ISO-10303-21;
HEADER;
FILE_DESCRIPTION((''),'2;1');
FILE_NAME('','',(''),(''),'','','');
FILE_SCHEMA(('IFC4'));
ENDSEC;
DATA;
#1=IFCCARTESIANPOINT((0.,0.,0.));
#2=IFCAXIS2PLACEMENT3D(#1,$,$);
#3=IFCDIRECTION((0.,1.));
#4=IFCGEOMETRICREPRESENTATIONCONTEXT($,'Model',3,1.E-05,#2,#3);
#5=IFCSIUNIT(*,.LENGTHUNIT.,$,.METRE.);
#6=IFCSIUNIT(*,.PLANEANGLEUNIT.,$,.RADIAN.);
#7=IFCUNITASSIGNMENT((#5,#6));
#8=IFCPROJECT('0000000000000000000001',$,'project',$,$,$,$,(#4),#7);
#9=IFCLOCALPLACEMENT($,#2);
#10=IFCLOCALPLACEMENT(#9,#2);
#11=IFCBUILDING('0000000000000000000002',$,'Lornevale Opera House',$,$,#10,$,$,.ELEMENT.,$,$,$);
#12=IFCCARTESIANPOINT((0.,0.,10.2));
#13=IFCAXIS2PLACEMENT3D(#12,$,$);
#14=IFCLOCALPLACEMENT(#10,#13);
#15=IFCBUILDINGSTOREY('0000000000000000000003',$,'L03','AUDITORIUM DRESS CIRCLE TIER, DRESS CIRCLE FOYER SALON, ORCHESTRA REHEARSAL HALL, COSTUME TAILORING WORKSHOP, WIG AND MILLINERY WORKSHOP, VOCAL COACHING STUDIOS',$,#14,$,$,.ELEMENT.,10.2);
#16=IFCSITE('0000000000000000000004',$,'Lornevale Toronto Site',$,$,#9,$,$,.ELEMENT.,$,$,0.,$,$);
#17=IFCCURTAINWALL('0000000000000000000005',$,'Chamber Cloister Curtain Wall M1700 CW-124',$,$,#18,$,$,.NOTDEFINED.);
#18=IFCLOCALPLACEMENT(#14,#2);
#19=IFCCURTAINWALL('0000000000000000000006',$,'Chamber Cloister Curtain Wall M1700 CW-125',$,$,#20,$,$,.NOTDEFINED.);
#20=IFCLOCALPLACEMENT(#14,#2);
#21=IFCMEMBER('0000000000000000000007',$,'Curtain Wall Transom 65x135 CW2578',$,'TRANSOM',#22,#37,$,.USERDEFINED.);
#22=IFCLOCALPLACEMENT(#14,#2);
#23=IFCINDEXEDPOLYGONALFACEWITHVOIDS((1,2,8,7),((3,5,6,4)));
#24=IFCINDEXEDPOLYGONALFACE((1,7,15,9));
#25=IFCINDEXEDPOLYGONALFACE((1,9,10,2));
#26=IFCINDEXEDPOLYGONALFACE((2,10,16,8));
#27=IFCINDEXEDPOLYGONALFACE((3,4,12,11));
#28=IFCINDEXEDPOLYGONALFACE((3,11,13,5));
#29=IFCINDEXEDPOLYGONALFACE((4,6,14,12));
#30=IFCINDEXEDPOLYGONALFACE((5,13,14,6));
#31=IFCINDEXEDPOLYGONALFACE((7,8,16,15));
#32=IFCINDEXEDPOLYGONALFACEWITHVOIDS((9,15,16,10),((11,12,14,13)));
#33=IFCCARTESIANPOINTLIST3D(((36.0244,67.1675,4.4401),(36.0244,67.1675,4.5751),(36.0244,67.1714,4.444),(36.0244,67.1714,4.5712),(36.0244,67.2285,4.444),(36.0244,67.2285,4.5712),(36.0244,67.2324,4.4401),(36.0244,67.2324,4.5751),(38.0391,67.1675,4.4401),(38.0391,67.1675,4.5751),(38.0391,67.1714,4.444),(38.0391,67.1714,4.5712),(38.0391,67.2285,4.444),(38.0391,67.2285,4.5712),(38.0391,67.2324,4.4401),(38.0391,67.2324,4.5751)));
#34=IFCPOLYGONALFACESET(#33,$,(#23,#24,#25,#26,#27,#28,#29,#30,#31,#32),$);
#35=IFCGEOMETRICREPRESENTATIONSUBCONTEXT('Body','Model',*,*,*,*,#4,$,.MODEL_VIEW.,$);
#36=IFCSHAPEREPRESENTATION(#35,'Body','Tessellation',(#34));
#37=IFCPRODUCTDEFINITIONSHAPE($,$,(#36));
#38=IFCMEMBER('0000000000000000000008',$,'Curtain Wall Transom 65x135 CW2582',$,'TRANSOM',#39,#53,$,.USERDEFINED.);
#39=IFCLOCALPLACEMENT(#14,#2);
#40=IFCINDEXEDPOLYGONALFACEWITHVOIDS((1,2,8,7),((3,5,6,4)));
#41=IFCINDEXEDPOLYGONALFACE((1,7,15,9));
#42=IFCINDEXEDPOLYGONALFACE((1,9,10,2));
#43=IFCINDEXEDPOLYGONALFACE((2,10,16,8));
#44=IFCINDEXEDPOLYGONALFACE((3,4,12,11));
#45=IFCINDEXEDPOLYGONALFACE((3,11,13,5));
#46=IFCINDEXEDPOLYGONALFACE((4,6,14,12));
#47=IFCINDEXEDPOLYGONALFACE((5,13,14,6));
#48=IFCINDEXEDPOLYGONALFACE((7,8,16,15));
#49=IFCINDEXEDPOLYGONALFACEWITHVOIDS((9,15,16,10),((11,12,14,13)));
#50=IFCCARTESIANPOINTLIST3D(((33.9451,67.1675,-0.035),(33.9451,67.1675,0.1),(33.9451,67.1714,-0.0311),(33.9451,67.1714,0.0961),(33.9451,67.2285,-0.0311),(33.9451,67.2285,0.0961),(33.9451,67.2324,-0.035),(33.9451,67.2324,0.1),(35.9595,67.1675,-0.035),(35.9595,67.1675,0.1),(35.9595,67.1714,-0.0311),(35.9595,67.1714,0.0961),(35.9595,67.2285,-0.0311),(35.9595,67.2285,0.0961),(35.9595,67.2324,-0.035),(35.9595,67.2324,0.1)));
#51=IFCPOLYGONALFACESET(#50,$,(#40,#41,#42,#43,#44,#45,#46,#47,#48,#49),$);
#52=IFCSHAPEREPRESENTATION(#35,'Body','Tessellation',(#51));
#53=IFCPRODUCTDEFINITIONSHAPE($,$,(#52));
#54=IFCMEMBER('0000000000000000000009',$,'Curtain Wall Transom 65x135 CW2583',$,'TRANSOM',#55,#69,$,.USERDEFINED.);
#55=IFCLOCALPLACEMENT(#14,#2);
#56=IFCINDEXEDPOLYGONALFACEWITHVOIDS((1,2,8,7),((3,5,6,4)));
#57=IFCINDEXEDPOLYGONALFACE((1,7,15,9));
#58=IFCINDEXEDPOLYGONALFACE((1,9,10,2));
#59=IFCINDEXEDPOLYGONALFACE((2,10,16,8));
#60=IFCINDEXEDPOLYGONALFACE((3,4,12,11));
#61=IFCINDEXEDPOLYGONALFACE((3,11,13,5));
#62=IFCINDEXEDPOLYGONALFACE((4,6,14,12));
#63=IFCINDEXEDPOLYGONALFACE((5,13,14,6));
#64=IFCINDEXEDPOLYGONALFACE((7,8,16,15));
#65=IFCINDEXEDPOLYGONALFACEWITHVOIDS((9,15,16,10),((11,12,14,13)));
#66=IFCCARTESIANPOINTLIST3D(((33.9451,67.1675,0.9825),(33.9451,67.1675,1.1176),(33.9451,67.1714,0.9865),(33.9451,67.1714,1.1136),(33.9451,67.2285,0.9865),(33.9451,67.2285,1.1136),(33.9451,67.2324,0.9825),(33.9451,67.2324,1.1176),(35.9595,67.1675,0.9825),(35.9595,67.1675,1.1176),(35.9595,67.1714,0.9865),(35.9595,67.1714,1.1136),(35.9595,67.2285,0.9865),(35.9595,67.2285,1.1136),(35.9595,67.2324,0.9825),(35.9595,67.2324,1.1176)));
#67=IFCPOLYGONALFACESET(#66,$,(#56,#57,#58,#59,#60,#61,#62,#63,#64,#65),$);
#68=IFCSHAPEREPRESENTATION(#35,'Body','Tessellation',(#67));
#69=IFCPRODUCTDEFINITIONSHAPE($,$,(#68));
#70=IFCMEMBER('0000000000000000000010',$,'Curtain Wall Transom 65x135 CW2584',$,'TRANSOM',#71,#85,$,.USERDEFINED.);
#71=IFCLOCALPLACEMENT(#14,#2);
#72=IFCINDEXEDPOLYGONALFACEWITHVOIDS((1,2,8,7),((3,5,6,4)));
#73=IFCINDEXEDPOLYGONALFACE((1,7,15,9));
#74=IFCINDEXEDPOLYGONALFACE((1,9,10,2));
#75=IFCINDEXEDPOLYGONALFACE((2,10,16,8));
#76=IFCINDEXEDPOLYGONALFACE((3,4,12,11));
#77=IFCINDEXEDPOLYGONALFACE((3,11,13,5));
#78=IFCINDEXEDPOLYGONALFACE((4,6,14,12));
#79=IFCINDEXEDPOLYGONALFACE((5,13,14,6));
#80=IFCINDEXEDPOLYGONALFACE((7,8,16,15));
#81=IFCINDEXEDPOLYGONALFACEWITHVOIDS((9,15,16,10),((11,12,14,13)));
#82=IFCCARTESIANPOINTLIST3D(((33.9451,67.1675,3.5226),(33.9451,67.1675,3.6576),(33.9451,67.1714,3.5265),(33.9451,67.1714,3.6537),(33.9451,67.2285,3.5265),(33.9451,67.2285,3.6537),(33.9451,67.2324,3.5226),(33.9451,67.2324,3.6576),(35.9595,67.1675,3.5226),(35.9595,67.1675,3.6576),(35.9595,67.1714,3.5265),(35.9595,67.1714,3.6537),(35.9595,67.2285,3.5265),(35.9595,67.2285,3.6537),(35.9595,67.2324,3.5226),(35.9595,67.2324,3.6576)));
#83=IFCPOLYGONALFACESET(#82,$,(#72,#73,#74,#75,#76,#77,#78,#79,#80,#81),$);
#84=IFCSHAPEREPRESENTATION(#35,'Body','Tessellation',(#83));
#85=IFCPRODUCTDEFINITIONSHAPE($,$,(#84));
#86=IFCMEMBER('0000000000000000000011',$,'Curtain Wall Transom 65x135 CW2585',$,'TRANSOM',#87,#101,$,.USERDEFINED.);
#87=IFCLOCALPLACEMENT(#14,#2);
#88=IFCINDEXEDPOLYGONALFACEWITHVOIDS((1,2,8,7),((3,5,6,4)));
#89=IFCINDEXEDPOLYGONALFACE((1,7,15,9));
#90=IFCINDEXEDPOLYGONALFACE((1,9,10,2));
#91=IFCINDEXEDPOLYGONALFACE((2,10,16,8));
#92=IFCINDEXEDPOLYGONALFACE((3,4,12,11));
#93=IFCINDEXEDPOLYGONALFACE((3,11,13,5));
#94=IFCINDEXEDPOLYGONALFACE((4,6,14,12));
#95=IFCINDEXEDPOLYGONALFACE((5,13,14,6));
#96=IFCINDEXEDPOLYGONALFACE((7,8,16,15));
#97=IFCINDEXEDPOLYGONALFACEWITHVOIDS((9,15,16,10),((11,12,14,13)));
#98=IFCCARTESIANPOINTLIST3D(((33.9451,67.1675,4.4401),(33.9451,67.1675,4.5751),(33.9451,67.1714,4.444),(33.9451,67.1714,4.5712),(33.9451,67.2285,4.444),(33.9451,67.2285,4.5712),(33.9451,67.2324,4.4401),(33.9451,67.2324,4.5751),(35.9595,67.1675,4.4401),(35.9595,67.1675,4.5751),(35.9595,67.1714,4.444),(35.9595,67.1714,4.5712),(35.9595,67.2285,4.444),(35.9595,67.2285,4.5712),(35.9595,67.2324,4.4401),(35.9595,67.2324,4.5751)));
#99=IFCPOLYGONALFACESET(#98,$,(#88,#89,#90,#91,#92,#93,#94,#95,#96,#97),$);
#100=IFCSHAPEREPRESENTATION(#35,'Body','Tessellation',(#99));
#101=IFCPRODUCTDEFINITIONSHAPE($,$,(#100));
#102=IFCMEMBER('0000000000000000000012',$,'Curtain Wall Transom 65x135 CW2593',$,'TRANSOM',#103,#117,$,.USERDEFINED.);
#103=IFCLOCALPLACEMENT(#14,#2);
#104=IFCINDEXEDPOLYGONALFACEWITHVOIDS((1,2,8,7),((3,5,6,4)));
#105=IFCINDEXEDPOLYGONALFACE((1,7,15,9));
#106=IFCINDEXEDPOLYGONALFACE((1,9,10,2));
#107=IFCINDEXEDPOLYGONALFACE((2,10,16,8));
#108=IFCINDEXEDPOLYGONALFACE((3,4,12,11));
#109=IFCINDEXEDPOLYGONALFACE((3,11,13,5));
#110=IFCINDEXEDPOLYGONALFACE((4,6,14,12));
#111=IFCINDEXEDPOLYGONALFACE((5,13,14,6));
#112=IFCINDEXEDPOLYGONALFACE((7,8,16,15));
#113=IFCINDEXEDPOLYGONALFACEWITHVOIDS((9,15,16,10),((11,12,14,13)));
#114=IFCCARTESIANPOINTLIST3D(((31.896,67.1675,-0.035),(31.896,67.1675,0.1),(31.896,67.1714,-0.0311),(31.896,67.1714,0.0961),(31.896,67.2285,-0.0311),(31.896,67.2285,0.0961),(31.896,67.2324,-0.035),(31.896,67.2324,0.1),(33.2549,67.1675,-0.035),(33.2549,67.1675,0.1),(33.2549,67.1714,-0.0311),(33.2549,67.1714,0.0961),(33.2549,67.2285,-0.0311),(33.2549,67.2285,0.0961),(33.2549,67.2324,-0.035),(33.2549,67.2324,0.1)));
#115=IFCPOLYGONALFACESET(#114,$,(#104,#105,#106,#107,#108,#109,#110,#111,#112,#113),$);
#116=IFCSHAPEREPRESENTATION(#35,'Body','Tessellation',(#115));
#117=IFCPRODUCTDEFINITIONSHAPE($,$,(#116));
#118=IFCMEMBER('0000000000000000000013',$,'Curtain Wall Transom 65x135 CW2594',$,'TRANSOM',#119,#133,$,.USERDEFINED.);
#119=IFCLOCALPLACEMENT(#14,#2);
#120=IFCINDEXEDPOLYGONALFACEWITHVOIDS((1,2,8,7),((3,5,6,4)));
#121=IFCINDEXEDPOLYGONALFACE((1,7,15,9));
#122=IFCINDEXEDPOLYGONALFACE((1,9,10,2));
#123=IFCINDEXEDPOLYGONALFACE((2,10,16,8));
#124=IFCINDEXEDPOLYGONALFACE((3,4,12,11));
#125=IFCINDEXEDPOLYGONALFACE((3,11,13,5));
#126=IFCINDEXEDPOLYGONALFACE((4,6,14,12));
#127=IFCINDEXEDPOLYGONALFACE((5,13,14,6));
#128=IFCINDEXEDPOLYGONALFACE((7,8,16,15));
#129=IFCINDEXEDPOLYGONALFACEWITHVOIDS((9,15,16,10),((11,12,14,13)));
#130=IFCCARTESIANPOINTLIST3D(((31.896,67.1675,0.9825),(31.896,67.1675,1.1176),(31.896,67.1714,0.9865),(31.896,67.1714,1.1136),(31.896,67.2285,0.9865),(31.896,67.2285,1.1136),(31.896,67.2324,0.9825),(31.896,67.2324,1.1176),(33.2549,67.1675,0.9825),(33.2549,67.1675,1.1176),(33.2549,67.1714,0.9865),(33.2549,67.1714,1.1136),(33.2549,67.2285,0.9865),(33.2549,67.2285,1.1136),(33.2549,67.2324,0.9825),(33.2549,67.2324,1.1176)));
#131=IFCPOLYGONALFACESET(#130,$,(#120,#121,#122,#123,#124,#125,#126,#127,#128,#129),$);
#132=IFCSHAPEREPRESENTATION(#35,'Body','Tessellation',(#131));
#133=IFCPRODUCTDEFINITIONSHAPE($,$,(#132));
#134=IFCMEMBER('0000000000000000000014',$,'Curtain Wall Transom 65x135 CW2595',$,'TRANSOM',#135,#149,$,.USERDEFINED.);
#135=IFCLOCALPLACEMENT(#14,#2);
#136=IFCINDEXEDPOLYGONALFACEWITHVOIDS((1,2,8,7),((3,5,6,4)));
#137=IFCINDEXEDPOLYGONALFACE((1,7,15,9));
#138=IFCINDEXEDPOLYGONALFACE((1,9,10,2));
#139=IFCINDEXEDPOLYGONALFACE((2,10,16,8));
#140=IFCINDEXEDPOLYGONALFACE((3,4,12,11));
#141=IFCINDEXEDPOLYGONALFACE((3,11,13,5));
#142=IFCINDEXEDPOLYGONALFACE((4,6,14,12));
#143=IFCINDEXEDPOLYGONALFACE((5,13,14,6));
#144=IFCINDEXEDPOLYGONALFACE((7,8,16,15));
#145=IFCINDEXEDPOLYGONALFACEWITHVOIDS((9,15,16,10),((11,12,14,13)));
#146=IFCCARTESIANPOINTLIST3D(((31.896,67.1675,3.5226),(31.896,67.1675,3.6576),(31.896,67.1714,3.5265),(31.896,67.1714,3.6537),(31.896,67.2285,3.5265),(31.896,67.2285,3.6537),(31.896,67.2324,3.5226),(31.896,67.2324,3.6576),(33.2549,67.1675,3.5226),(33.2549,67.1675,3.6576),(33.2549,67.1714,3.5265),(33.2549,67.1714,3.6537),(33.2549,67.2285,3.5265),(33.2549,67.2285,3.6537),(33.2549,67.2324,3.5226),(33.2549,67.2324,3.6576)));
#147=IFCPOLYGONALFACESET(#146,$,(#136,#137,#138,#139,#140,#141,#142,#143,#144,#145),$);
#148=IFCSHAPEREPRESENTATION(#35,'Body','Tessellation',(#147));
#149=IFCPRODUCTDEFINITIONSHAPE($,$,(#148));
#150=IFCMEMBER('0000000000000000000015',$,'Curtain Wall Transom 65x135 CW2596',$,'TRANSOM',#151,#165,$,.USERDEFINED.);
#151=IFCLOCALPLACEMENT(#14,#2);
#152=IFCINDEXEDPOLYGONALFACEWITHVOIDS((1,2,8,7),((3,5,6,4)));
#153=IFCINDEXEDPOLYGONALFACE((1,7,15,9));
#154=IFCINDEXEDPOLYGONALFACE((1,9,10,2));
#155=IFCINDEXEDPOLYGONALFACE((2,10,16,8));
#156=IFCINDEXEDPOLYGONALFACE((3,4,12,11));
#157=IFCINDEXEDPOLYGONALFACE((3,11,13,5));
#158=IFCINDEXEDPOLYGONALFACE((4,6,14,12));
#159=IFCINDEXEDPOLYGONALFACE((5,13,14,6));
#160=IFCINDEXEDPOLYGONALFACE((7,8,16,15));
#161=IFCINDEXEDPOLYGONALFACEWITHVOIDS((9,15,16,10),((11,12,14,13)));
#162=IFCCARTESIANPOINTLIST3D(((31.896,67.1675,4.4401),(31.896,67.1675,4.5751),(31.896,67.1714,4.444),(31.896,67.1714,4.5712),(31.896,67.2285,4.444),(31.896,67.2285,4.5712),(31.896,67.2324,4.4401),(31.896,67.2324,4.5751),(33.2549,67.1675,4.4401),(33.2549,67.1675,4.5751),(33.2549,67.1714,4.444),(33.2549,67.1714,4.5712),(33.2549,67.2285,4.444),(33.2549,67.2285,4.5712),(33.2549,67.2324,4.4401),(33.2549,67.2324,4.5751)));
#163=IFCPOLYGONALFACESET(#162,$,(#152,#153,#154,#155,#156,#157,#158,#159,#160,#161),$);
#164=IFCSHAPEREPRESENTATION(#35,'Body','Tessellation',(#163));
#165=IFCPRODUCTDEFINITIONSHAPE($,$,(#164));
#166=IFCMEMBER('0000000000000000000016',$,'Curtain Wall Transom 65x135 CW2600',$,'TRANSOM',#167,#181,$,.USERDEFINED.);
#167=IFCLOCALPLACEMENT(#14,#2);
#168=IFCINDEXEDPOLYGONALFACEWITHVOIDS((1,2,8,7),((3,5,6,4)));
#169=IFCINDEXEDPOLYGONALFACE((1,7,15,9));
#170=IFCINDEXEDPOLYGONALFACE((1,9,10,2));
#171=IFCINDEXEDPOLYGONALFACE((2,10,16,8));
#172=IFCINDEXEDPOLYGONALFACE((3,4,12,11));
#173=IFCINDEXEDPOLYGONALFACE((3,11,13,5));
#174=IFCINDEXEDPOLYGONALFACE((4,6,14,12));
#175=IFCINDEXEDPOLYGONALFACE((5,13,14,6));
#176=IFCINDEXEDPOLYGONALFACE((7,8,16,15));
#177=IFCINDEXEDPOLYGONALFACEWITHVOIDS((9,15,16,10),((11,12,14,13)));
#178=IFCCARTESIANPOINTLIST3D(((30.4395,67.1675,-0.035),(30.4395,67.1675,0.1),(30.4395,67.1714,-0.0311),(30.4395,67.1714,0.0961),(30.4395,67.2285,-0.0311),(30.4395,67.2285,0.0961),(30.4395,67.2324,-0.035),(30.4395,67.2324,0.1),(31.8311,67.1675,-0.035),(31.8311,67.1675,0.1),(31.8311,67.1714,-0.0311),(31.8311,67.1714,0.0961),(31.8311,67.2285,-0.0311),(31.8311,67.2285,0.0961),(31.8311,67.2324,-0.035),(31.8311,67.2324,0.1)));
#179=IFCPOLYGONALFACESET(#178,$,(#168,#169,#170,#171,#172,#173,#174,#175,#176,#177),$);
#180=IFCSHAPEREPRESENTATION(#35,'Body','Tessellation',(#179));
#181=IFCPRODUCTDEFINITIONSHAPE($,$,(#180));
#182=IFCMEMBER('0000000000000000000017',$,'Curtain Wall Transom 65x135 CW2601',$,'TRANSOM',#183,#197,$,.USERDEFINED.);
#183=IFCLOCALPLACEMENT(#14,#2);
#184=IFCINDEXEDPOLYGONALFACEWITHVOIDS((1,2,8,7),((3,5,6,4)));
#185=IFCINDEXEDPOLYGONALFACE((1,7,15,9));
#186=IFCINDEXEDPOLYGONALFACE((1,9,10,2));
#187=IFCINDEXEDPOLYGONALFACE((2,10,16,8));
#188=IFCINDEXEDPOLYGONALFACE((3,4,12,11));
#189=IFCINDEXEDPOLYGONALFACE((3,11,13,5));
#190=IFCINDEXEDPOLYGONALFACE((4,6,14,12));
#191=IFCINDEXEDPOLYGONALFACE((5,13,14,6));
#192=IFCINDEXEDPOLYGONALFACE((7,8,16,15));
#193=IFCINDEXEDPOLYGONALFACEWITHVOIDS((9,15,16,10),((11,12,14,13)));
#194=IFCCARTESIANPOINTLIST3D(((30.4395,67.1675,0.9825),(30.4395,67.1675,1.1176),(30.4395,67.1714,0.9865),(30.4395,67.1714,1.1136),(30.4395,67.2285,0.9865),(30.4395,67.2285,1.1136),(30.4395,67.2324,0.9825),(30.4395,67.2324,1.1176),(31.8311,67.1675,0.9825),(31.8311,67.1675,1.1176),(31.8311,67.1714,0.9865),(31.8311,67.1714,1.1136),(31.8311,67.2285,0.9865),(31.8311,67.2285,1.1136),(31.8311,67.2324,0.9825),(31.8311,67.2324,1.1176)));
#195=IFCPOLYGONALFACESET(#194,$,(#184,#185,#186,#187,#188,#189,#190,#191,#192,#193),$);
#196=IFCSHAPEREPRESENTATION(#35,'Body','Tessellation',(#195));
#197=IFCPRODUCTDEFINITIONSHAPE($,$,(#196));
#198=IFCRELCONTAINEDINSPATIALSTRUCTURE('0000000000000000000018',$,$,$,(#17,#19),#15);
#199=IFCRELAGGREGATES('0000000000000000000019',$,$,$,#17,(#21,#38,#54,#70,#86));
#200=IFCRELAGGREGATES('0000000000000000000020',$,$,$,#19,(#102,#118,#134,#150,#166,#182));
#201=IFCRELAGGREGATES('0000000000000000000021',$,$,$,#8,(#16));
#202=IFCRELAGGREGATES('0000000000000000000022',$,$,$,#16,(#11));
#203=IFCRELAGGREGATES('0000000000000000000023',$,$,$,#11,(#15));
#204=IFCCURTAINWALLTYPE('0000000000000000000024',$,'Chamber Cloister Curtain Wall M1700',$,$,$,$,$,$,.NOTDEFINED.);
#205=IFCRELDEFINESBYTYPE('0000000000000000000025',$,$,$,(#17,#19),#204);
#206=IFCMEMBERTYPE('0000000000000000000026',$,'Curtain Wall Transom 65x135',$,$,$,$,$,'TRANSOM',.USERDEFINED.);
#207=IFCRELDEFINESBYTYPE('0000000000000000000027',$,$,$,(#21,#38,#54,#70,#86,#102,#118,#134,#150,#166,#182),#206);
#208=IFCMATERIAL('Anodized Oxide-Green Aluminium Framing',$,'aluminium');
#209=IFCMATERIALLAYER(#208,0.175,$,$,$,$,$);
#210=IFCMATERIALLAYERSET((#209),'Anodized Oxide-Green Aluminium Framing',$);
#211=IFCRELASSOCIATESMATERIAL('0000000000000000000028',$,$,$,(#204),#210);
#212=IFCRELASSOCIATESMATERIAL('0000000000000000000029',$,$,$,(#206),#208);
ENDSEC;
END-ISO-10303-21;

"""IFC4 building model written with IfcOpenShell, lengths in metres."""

from ifc_helpers import new_model, si_unit, direction, frame, origin, origin_2d, place, context, subcontext, project, spatial, hollow_rectangle, extrude, material, layer, layer_set, material_profile, profile_set, type_object, element, aggregate, save


model = new_model("IFC4")

# Units and contexts
model_context = context("Model", 3, precision=1e-05, world=origin(), true_north=direction((0.0, 1.0)))
body_context = subcontext(model_context, "Body", "Model", "MODEL_VIEW")
ifc_project = project(units=[si_unit("LENGTHUNIT", "METRE"), si_unit("PLANEANGLEUNIT", "RADIAN")], contexts=[model_context])

# Site, building, storey
site_placement = place(None, origin())
site = spatial("IfcSite", under=ifc_project, at=site_placement, Name="Lornevale Toronto Site", CompositionType="ELEMENT", RefElevation=0.0)
building_placement = place(site_placement, origin())
building = spatial("IfcBuilding", under=site, at=building_placement, Name="Lornevale Opera House", CompositionType="ELEMENT")
storey_placement = place(building_placement, frame((0.0, 0.0, 10.2)))
storey = spatial("IfcBuildingStorey", under=building, at=storey_placement, Name="L03", Description="AUDITORIUM DRESS CIRCLE TIER, DRESS CIRCLE FOYER SALON, ORCHESTRA REHEARSAL HALL, COSTUME TAILORING WORKSHOP, WIG AND MILLINERY WORKSHOP, VOCAL COACHING STUDIOS", CompositionType="ELEMENT", Elevation=10.2)

# Curtain walls
ifc_material_1 = material(Name="Anodized Oxide-Green Aluminium Framing", Category="aluminium")
ifc_layer_1 = layer(ifc_material_1, 0.175)
ifc_layer_set_1 = layer_set([ifc_layer_1], Name="Anodized Oxide-Green Aluminium Framing")
curtain_wall_type = type_object("IfcCurtainWallType", Name="Chamber Cloister Curtain Wall M1700", PredefinedType="NOTDEFINED", material=ifc_layer_set_1)
curtain_wall_1_placement = place(storey_placement, origin())
curtain_wall_1 = element("IfcCurtainWall", 1, at=curtain_wall_1_placement, inside=storey, type_object=curtain_wall_type, Name="Chamber Cloister Curtain Wall M1700 CW-124", PredefinedType="NOTDEFINED")
curtain_wall_2_placement = place(storey_placement, origin())
curtain_wall_2 = element("IfcCurtainWall", 2, at=curtain_wall_2_placement, inside=storey, type_object=curtain_wall_type, Name="Chamber Cloister Curtain Wall M1700 CW-125", PredefinedType="NOTDEFINED")

# Members
ifc_material_profile_1 = material_profile(ifc_material_1, hollow_rectangle(XDim=0.0649, YDim=0.135, WallThickness=0.0039, at=origin_2d()), Name="ALU65x135x4")
ifc_profile_set_1 = profile_set([ifc_material_profile_1], Name="Anodized Oxide-Green Aluminium Framing")
member_type_1 = type_object("IfcMemberType", Name="Curtain Wall Transom 65x135", ElementType="TRANSOM", PredefinedType="USERDEFINED", material=ifc_profile_set_1)
member_1_placement = place(storey_placement, frame((38.0391, 67.2, 4.5076), z_axis=(-1.0, 0.0, 0.0), x_axis=(0.0, -1.0, 0.0)))
member_1 = element("IfcMember", 3, at=member_1_placement, type_object=member_type_1, Name="Curtain Wall Transom 65x135 CW2578", ObjectType="TRANSOM", PredefinedType="USERDEFINED", context=body_context, shape_type="SweptSolid", body=[
    extrude(hollow_rectangle(XDim=0.0649, YDim=0.135, WallThickness=0.0039, at=origin_2d()), origin(), (0.0, 0.0, 1.0), 2.0146),
])
member_2_placement = place(storey_placement, frame((35.9595, 67.2, 0.0325), z_axis=(-1.0, 0.0, 0.0), x_axis=(0.0, -1.0, 0.0)))
member_2 = element("IfcMember", 4, at=member_2_placement, type_object=member_type_1, Name="Curtain Wall Transom 65x135 CW2582", ObjectType="TRANSOM", PredefinedType="USERDEFINED", context=body_context, shape_type="SweptSolid", body=[
    extrude(hollow_rectangle(XDim=0.0649, YDim=0.135, WallThickness=0.0039, at=origin_2d()), origin(), (0.0, 0.0, 1.0), 2.0144),
])
member_3_placement = place(storey_placement, frame((35.9595, 67.2, 1.05), z_axis=(-1.0, 0.0, 0.0), x_axis=(0.0, -1.0, 0.0)))
member_3 = element("IfcMember", 5, at=member_3_placement, type_object=member_type_1, Name="Curtain Wall Transom 65x135 CW2583", ObjectType="TRANSOM", PredefinedType="USERDEFINED", context=body_context, shape_type="SweptSolid", body=[
    extrude(hollow_rectangle(XDim=0.0649, YDim=0.135, WallThickness=0.0039, at=origin_2d()), origin(), (0.0, 0.0, 1.0), 2.0144),
])
member_4_placement = place(storey_placement, frame((35.9595, 67.2, 3.5901), z_axis=(-1.0, 0.0, 0.0), x_axis=(0.0, -1.0, 0.0)))
member_4 = element("IfcMember", 6, at=member_4_placement, type_object=member_type_1, Name="Curtain Wall Transom 65x135 CW2584", ObjectType="TRANSOM", PredefinedType="USERDEFINED", context=body_context, shape_type="SweptSolid", body=[
    extrude(hollow_rectangle(XDim=0.0649, YDim=0.135, WallThickness=0.0039, at=origin_2d()), origin(), (0.0, 0.0, 1.0), 2.0144),
])
member_5_placement = place(storey_placement, frame((35.9595, 67.2, 4.5076), z_axis=(-1.0, 0.0, 0.0), x_axis=(0.0, -1.0, 0.0)))
member_5 = element("IfcMember", 7, at=member_5_placement, type_object=member_type_1, Name="Curtain Wall Transom 65x135 CW2585", ObjectType="TRANSOM", PredefinedType="USERDEFINED", context=body_context, shape_type="SweptSolid", body=[
    extrude(hollow_rectangle(XDim=0.0649, YDim=0.135, WallThickness=0.0039, at=origin_2d()), origin(), (0.0, 0.0, 1.0), 2.0144),
])
member_6_placement = place(storey_placement, frame((33.2549, 67.2, 0.0325), z_axis=(-1.0, 0.0, 0.0), x_axis=(0.0, -1.0, 0.0)))
member_6 = element("IfcMember", 8, at=member_6_placement, type_object=member_type_1, Name="Curtain Wall Transom 65x135 CW2593", ObjectType="TRANSOM", PredefinedType="USERDEFINED", context=body_context, shape_type="SweptSolid", body=[
    extrude(hollow_rectangle(XDim=0.0649, YDim=0.135, WallThickness=0.0039, at=origin_2d()), origin(), (0.0, 0.0, 1.0), 1.3589),
])
member_7_placement = place(storey_placement, frame((33.2549, 67.2, 1.05), z_axis=(-1.0, 0.0, 0.0), x_axis=(0.0, -1.0, 0.0)))
member_7 = element("IfcMember", 9, at=member_7_placement, type_object=member_type_1, Name="Curtain Wall Transom 65x135 CW2594", ObjectType="TRANSOM", PredefinedType="USERDEFINED", context=body_context, shape_type="SweptSolid", body=[
    extrude(hollow_rectangle(XDim=0.0649, YDim=0.135, WallThickness=0.0039, at=origin_2d()), origin(), (0.0, 0.0, 1.0), 1.3589),
])
member_8_placement = place(storey_placement, frame((33.2549, 67.2, 3.5901), z_axis=(-1.0, 0.0, 0.0), x_axis=(0.0, -1.0, 0.0)))
member_8 = element("IfcMember", 10, at=member_8_placement, type_object=member_type_1, Name="Curtain Wall Transom 65x135 CW2595", ObjectType="TRANSOM", PredefinedType="USERDEFINED", context=body_context, shape_type="SweptSolid", body=[
    extrude(hollow_rectangle(XDim=0.0649, YDim=0.135, WallThickness=0.0039, at=origin_2d()), origin(), (0.0, 0.0, 1.0), 1.3589),
])
member_9_placement = place(storey_placement, frame((33.2549, 67.2, 4.5076), z_axis=(-1.0, 0.0, 0.0), x_axis=(0.0, -1.0, 0.0)))
member_9 = element("IfcMember", 11, at=member_9_placement, type_object=member_type_1, Name="Curtain Wall Transom 65x135 CW2596", ObjectType="TRANSOM", PredefinedType="USERDEFINED", context=body_context, shape_type="SweptSolid", body=[
    extrude(hollow_rectangle(XDim=0.0649, YDim=0.135, WallThickness=0.0039, at=origin_2d()), origin(), (0.0, 0.0, 1.0), 1.3589),
])
member_10_placement = place(storey_placement, frame((31.8311, 67.2, 0.0325), z_axis=(-1.0, 0.0, 0.0), x_axis=(0.0, -1.0, 0.0)))
member_10 = element("IfcMember", 12, at=member_10_placement, type_object=member_type_1, Name="Curtain Wall Transom 65x135 CW2600", ObjectType="TRANSOM", PredefinedType="USERDEFINED", context=body_context, shape_type="SweptSolid", body=[
    extrude(hollow_rectangle(XDim=0.0649, YDim=0.135, WallThickness=0.0039, at=origin_2d()), origin(), (0.0, 0.0, 1.0), 1.3916),
])
member_11_placement = place(storey_placement, frame((31.8311, 67.2, 1.05), z_axis=(-1.0, 0.0, 0.0), x_axis=(0.0, -1.0, 0.0)))
member_11 = element("IfcMember", 13, at=member_11_placement, type_object=member_type_1, Name="Curtain Wall Transom 65x135 CW2601", ObjectType="TRANSOM", PredefinedType="USERDEFINED", context=body_context, shape_type="SweptSolid", body=[
    extrude(hollow_rectangle(XDim=0.0649, YDim=0.135, WallThickness=0.0039, at=origin_2d()), origin(), (0.0, 0.0, 1.0), 1.3916),
])

aggregate(curtain_wall_1, [member_1, member_2, member_3, member_4, member_5])
aggregate(curtain_wall_2, [member_6, member_7, member_8, member_9, member_10, member_11])

save(model, "model.ifc")
